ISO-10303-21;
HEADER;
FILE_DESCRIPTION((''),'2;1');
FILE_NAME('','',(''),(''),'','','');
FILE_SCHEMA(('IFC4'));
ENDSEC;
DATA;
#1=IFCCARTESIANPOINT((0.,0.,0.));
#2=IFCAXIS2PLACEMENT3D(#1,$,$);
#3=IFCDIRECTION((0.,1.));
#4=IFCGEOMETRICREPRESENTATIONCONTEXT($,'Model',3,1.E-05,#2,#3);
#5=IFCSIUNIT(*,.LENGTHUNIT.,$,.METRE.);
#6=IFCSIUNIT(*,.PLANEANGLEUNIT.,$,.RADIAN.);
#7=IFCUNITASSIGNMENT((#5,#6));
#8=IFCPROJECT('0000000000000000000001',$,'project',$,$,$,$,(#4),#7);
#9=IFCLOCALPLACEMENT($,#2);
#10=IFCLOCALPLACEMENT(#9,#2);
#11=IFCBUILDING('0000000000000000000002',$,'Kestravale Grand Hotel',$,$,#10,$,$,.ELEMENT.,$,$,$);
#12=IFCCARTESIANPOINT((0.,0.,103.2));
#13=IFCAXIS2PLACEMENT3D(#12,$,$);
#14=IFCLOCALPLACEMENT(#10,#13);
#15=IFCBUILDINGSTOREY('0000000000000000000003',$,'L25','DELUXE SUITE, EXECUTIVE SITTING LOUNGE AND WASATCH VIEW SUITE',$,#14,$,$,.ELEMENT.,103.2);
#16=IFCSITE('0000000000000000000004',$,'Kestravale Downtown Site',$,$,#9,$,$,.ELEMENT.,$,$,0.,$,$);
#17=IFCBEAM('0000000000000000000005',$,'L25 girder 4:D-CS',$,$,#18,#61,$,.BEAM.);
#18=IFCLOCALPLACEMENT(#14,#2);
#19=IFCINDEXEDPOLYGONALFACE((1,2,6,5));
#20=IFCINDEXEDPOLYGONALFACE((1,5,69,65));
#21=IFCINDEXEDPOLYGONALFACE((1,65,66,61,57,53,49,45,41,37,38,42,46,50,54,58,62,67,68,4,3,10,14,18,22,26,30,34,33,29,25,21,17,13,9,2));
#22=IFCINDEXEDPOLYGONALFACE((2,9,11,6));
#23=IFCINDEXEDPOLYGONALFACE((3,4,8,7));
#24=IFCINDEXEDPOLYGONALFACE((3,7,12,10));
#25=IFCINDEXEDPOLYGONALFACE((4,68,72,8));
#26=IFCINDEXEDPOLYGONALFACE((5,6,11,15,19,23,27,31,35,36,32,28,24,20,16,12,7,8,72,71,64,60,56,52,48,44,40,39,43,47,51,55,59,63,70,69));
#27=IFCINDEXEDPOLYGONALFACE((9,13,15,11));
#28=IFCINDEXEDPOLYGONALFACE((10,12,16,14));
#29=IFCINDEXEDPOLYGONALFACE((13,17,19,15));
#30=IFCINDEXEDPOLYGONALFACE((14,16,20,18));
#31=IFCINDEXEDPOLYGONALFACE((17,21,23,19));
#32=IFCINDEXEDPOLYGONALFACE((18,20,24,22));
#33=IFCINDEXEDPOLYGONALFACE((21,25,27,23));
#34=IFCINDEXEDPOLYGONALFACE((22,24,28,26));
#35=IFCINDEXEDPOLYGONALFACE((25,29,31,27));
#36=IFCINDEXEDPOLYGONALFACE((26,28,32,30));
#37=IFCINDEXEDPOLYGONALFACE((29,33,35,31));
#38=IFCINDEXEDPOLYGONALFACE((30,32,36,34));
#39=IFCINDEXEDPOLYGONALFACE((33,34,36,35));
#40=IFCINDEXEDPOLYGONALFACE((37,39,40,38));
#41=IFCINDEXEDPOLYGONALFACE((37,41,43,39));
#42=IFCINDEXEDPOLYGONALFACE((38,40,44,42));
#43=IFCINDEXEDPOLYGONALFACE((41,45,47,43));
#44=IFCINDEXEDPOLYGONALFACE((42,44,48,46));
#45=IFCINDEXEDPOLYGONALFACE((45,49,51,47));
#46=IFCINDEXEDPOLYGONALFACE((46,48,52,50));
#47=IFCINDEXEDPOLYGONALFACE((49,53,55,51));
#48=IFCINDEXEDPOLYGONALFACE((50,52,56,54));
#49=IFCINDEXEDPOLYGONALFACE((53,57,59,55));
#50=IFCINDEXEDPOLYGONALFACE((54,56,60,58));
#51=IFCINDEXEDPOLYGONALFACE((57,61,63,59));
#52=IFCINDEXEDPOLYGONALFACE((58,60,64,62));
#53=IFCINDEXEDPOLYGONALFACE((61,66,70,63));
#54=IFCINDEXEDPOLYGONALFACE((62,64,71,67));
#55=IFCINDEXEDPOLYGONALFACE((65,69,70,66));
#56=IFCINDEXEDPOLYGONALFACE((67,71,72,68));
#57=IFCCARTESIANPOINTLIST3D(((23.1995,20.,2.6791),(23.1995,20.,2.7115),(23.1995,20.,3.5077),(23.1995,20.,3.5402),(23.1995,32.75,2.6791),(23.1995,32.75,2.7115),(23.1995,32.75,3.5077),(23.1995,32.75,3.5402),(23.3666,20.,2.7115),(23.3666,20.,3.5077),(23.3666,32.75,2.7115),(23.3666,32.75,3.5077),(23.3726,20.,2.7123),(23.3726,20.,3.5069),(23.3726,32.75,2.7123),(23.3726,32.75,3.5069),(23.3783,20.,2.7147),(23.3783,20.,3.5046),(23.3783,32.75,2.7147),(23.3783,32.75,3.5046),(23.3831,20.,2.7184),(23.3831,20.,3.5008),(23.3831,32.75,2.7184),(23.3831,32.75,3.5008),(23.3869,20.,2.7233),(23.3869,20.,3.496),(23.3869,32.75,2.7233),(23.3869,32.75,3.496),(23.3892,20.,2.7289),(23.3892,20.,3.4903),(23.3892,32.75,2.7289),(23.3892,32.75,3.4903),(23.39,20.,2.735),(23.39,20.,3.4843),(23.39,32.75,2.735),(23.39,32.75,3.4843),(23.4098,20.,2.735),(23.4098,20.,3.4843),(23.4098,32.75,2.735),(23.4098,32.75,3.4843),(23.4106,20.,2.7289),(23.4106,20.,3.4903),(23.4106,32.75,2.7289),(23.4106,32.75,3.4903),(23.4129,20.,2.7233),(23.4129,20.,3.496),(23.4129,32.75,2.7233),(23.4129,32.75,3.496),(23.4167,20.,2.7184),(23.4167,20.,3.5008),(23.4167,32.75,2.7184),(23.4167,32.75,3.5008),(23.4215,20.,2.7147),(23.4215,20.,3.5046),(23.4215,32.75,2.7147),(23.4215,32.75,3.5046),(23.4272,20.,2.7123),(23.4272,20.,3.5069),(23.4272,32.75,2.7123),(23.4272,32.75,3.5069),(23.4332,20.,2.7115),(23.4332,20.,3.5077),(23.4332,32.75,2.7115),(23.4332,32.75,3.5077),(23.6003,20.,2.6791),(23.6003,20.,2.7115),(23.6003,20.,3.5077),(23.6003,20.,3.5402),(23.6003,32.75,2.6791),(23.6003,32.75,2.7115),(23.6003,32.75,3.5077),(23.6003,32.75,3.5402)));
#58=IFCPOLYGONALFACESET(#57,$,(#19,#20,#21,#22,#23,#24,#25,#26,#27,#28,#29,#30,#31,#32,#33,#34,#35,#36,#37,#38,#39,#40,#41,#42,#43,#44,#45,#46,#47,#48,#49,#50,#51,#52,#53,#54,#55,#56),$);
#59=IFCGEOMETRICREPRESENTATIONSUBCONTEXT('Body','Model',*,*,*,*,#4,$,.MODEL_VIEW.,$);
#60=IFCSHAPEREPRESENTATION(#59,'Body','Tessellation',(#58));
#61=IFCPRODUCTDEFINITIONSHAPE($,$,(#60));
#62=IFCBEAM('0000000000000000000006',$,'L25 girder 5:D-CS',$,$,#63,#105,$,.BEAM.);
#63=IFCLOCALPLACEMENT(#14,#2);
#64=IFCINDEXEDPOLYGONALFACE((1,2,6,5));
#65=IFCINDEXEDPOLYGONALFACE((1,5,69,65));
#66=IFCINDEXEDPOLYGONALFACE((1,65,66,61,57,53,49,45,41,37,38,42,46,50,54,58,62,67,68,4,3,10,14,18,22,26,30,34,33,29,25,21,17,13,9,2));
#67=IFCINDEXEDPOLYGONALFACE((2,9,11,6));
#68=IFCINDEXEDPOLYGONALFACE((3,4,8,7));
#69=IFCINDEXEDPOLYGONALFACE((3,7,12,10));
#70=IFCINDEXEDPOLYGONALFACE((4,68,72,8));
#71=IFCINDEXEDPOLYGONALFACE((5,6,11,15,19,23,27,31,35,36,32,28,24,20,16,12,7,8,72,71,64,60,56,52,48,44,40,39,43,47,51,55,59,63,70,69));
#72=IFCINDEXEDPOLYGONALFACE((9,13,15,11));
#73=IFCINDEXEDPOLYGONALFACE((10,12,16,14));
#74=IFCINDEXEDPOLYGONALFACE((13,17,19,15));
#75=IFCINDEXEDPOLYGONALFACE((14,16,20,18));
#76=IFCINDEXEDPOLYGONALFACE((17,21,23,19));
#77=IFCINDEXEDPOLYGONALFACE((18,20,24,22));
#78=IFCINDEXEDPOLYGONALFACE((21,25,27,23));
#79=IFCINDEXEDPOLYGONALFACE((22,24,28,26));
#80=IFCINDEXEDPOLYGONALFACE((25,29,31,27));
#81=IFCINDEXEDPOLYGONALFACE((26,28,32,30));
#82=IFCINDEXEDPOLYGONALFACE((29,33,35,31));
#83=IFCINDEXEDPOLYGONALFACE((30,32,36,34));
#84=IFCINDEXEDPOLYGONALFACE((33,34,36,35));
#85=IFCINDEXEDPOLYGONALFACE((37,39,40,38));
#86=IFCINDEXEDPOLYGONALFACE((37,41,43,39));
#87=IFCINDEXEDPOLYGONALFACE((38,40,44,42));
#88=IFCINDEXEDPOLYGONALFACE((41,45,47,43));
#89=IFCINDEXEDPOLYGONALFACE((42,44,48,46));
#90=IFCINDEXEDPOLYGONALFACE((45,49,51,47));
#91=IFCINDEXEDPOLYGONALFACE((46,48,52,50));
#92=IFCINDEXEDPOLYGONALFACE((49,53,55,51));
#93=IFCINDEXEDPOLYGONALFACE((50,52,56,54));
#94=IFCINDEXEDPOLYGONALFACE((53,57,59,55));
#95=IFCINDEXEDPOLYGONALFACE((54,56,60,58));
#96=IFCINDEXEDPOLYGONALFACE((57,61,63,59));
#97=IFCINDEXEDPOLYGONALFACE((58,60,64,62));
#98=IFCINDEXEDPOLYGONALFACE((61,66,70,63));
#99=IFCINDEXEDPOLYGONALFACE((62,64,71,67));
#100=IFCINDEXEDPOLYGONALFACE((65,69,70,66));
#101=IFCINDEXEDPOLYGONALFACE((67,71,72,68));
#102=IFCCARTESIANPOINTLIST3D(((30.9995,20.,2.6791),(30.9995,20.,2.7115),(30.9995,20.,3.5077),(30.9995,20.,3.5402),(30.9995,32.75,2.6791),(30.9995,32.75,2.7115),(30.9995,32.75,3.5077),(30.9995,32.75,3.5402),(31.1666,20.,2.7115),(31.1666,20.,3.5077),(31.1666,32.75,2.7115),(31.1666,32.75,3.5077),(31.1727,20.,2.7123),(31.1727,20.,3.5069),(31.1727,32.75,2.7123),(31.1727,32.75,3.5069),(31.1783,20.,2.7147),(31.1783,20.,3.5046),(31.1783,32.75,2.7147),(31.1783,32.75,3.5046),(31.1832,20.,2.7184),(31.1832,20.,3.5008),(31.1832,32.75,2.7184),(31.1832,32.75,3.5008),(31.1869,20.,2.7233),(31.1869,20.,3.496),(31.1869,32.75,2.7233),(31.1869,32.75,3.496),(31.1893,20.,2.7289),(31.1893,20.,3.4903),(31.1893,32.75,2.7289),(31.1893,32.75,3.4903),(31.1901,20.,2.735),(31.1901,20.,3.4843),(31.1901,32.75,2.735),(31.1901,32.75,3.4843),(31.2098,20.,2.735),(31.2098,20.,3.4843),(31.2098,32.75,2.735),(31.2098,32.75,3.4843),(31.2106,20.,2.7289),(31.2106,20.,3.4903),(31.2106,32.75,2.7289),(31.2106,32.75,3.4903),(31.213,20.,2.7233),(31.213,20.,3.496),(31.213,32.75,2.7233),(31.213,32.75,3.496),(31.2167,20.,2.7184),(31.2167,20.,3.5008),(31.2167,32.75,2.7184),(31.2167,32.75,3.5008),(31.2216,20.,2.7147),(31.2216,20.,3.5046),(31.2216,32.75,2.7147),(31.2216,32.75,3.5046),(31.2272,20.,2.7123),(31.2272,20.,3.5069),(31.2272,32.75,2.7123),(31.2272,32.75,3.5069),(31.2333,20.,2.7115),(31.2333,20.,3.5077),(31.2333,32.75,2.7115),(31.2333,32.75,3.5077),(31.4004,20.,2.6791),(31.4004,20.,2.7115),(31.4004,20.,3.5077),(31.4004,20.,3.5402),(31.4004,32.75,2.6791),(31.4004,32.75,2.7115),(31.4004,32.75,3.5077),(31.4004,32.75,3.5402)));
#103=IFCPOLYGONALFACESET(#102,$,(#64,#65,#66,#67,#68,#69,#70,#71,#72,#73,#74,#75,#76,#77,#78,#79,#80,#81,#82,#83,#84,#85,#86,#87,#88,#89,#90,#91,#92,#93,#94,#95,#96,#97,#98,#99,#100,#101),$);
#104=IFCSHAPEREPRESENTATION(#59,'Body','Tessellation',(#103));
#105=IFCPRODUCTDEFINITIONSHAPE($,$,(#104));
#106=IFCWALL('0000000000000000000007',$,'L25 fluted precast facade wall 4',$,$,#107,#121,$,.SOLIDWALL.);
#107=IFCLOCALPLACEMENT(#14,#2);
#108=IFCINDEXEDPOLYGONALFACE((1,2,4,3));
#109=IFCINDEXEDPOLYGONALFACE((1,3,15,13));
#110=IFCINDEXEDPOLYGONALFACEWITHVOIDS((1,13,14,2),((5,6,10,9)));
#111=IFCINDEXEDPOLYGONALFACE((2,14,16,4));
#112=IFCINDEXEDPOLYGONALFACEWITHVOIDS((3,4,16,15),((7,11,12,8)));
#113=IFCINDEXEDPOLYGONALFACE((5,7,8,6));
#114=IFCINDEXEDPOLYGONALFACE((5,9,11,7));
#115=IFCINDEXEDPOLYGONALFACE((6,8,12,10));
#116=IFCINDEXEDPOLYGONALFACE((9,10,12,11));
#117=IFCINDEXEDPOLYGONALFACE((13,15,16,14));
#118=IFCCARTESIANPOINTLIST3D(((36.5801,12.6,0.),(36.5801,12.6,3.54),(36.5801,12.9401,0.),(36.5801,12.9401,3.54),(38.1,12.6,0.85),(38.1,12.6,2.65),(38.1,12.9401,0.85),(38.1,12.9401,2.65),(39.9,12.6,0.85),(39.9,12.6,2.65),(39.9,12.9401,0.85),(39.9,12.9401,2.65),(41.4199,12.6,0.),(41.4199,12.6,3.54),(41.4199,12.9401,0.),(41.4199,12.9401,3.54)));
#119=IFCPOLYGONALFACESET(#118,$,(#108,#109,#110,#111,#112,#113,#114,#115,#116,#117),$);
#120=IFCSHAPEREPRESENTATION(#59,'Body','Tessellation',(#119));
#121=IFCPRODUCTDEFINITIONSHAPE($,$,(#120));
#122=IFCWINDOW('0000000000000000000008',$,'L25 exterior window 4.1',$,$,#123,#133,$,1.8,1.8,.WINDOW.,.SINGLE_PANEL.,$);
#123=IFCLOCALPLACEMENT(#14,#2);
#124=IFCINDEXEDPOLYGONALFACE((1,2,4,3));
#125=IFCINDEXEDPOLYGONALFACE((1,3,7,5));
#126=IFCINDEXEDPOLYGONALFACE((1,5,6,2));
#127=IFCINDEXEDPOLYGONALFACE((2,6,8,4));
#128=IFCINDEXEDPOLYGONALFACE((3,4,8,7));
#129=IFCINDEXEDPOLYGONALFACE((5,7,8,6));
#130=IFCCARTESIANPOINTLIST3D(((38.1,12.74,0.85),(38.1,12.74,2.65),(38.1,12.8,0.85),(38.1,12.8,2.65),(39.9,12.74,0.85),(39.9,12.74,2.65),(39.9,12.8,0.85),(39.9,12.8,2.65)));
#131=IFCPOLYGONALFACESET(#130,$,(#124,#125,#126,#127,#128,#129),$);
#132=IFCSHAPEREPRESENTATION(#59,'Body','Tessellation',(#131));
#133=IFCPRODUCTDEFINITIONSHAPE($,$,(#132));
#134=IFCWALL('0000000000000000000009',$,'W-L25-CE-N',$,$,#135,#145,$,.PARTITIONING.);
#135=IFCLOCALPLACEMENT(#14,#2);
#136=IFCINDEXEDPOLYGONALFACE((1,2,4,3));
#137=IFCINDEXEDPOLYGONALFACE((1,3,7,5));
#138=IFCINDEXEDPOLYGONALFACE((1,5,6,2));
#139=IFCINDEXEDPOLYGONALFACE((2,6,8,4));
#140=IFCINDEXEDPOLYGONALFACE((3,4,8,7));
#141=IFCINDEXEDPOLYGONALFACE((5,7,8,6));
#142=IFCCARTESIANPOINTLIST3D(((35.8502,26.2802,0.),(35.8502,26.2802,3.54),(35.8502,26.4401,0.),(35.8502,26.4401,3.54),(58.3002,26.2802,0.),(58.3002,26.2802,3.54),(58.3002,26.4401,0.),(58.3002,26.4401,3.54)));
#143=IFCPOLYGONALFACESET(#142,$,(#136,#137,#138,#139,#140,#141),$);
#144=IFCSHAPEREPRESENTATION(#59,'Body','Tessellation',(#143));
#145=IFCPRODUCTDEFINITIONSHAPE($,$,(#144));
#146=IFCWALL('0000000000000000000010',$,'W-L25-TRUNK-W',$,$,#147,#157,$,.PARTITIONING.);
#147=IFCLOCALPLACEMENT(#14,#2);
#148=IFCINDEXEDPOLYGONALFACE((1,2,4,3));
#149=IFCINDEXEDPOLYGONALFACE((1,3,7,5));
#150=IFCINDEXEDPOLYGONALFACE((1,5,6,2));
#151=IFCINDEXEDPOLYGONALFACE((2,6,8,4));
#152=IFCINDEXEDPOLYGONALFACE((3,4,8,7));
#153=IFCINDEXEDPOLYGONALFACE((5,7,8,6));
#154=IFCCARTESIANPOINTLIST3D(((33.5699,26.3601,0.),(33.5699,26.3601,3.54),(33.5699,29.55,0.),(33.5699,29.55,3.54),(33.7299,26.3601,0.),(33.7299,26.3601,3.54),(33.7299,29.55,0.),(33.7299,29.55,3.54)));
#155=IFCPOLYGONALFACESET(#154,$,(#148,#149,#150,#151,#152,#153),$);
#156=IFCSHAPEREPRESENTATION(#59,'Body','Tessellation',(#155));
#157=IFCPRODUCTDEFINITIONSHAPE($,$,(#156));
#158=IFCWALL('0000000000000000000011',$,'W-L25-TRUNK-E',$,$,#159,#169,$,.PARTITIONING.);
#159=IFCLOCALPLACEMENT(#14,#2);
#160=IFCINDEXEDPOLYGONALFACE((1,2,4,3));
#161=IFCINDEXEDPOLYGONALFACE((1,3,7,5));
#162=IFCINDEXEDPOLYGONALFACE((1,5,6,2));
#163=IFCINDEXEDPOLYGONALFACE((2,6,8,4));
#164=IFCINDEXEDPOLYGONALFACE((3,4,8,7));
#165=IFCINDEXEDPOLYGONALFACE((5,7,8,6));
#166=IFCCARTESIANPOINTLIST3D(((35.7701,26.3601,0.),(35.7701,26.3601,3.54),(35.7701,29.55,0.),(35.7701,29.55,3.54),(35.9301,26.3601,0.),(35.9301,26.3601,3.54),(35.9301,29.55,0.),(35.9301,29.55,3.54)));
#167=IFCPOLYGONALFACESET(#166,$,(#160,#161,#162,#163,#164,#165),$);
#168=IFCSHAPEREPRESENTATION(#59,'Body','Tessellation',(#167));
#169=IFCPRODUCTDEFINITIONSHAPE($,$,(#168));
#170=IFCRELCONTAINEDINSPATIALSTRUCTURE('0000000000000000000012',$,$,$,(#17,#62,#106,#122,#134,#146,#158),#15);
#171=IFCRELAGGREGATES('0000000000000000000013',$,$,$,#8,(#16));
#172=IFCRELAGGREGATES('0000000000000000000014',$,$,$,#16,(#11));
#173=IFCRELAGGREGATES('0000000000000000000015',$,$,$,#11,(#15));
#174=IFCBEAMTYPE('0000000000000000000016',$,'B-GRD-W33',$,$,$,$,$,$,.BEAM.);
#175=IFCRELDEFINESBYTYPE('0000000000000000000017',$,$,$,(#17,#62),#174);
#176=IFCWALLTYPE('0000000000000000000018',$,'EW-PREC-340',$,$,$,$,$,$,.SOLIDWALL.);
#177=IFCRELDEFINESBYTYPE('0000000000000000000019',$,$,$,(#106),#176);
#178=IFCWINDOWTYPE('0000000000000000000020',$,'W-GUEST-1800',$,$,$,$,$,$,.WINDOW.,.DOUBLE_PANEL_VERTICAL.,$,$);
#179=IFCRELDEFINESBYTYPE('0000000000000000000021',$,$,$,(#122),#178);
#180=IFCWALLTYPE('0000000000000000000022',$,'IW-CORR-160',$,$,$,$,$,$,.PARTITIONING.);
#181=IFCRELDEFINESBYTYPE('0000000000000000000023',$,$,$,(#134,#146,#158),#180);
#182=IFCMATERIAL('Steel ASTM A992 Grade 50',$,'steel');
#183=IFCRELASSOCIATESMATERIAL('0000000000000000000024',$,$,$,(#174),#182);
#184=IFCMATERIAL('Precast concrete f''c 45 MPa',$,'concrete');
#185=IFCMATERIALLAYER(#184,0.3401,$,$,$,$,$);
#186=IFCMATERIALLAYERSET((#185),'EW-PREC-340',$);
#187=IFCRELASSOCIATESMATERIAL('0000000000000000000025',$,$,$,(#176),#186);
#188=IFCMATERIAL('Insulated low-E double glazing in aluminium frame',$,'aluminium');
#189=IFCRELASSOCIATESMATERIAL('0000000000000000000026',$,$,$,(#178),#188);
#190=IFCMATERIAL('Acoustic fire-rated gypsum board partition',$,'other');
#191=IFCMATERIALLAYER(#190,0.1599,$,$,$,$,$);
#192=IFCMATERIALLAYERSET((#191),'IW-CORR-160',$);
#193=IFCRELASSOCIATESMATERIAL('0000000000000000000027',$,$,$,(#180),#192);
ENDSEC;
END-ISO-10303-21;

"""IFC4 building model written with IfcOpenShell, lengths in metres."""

from ifc_helpers import new_model, si_unit, direction, frame, frame_2d, origin, origin_2d, place, context, subcontext, project, spatial, rectangle, i_section, extrude, material, layer, layer_set, material_profile, profile_set, type_object, element, fill, save


model = new_model("IFC4")

# Units and contexts
model_context = context("Model", 3, precision=1e-05, world=origin(), true_north=direction((0.0, 1.0)))
body_context = subcontext(model_context, "Body", "Model", "MODEL_VIEW")
ifc_project = project(units=[si_unit("LENGTHUNIT", "METRE"), si_unit("PLANEANGLEUNIT", "RADIAN")], contexts=[model_context])

# Site, building, storey
site_placement = place(None, origin())
site = spatial("IfcSite", under=ifc_project, at=site_placement, Name="Kestravale Downtown Site", CompositionType="ELEMENT", RefElevation=0.0)
building_placement = place(site_placement, origin())
building = spatial("IfcBuilding", under=site, at=building_placement, Name="Kestravale Grand Hotel", CompositionType="ELEMENT")
storey_placement = place(building_placement, frame((0.0, 0.0, 103.2)))
storey = spatial("IfcBuildingStorey", under=building, at=storey_placement, Name="L25", Description="DELUXE SUITE, EXECUTIVE SITTING LOUNGE AND WASATCH VIEW SUITE", CompositionType="ELEMENT", Elevation=103.2)

# Beams
ifc_material_1 = material(Name="Steel ASTM A992 Grade 50", Category="steel")
ifc_material_profile_1 = material_profile(ifc_material_1, i_section(OverallWidth=0.4009, OverallDepth=0.8611, WebThickness=0.0198, FlangeThickness=0.0325, FilletRadius=0.0234, at=origin_2d()))
ifc_profile_set_1 = profile_set([ifc_material_profile_1], Name="Steel ASTM A992 Grade 50")
beam_type = type_object("IfcBeamType", Name="B-GRD-W33", PredefinedType="BEAM", material=ifc_profile_set_1)
for number, where, z_axis, x_axis, name in (
    (1, (23.3999, 20.0, 3.1096), (0.0, 1.0, 0.0), (-1.0, 0.0, 0.0), "L25 girder 4:D-CS"),
    (2, (31.2, 20.0, 3.1096), (0.0, 1.0, 0.0), (-1.0, 0.0, 0.0), "L25 girder 5:D-CS"),
):
    element("IfcBeam", number, at=place(storey_placement, frame(where, z_axis=z_axis, x_axis=x_axis)), inside=storey, type_object=beam_type, Name=name, PredefinedType="BEAM", context=body_context, shape_type="SweptSolid", body=[
        extrude(i_section(OverallWidth=0.4009, OverallDepth=0.8611, WebThickness=0.0198, FlangeThickness=0.0325, FilletRadius=0.0234, at=origin_2d()), origin(), (0.0, 0.0, 1.0), 12.75),
    ])

# Wall, opening, window
ifc_material_2 = material(Name="Precast concrete f'c 45 MPa", Category="concrete")
ifc_layer_1 = layer(ifc_material_2, 0.3401)
ifc_layer_set_1 = layer_set([ifc_layer_1], Name="EW-PREC-340")
wall_type_1 = type_object("IfcWallType", Name="EW-PREC-340", PredefinedType="SOLIDWALL", material=ifc_layer_set_1)
wall_1_placement = place(storey_placement, frame((36.5801, 12.77, 0.0), z_axis=(0.0, 0.0, 1.0), x_axis=(1.0, 0.0, 0.0)))
wall_1 = element("IfcWall", 3, at=wall_1_placement, inside=storey, type_object=wall_type_1, Name="L25 fluted precast facade wall 4", PredefinedType="SOLIDWALL", context=body_context, shape_type="SweptSolid", body=[
    extrude(rectangle(XDim=4.8398, YDim=0.3401, at=frame_2d((2.4199, 0.0))), origin(), (0.0, 0.0, 1.0), 3.54),
])
opening_1_placement = place(wall_1_placement, frame((1.52, 0.0, 0.8501)))
opening_1 = element("IfcOpeningElement", 4, at=opening_1_placement, cuts=wall_1, PredefinedType="OPENING", context=body_context, shape_type="SweptSolid", body=[
    extrude(rectangle(XDim=1.8, YDim=1.8, at=frame_2d((0.8999, 0.8999))), frame((0.0, 0.1799, 0.0), z_axis=(0.0, -1.0, 0.0), x_axis=(1.0, 0.0, 0.0)), (0.0, 0.0, 1.0), 0.3601),
])
ifc_material_3 = material(Name="Insulated low-E double glazing in aluminium frame", Category="aluminium")
window_type = type_object("IfcWindowType", Name="W-GUEST-1800", PartitioningType="DOUBLE_PANEL_VERTICAL", PredefinedType="WINDOW", material=ifc_material_3)
window_placement = place(opening_1_placement, origin())
window = element("IfcWindow", 5, at=window_placement, inside=storey, type_object=window_type, Name="L25 exterior window 4.1", OverallHeight=1.8, OverallWidth=1.8, PartitioningType="SINGLE_PANEL", PredefinedType="WINDOW", context=body_context, shape_type="SweptSolid", body=[
    extrude(rectangle(XDim=1.8, YDim=1.8, at=frame_2d((0.8999, 0.8999))), frame((0.0, 0.03, 0.0), z_axis=(0.0, -1.0, 0.0), x_axis=(1.0, 0.0, 0.0)), (0.0, 0.0, 1.0), 0.0601),
])
fill(opening_1, window)

# Walls
ifc_material_4 = material(Name="Acoustic fire-rated gypsum board partition", Category="other")
ifc_layer_2 = layer(ifc_material_4, 0.1599)
ifc_layer_set_2 = layer_set([ifc_layer_2], Name="IW-CORR-160")
wall_type_2 = type_object("IfcWallType", Name="IW-CORR-160", PredefinedType="PARTITIONING", material=ifc_layer_set_2)
wall_2_placement = place(storey_placement, frame((35.8501, 26.3601, 0.0), z_axis=(0.0, 0.0, 1.0), x_axis=(1.0, 0.0, 0.0)))
element("IfcWall", 6, at=wall_2_placement, inside=storey, type_object=wall_type_2, Name="W-L25-CE-N", PredefinedType="PARTITIONING", context=body_context, shape_type="SweptSolid", body=[
    extrude(rectangle(XDim=22.45, YDim=0.1599, at=frame_2d((11.2251, 0.0))), origin(), (0.0, 0.0, 1.0), 3.54),
])
for number, where, z_axis, x_axis, name in (
    (7, (33.6499, 26.3601, 0.0), (0.0, 0.0, 1.0), (0.0, 1.0, 0.0), "W-L25-TRUNK-W"),
    (8, (35.8501, 26.3601, 0.0), (0.0, 0.0, 1.0), (0.0, 1.0, 0.0), "W-L25-TRUNK-E"),
):
    element("IfcWall", number, at=place(storey_placement, frame(where, z_axis=z_axis, x_axis=x_axis)), inside=storey, type_object=wall_type_2, Name=name, PredefinedType="PARTITIONING", context=body_context, shape_type="SweptSolid", body=[
        extrude(rectangle(XDim=3.1899, YDim=0.1599, at=frame_2d((1.595, 0.0))), origin(), (0.0, 0.0, 1.0), 3.54),
    ])

save(model, "model.ifc")
